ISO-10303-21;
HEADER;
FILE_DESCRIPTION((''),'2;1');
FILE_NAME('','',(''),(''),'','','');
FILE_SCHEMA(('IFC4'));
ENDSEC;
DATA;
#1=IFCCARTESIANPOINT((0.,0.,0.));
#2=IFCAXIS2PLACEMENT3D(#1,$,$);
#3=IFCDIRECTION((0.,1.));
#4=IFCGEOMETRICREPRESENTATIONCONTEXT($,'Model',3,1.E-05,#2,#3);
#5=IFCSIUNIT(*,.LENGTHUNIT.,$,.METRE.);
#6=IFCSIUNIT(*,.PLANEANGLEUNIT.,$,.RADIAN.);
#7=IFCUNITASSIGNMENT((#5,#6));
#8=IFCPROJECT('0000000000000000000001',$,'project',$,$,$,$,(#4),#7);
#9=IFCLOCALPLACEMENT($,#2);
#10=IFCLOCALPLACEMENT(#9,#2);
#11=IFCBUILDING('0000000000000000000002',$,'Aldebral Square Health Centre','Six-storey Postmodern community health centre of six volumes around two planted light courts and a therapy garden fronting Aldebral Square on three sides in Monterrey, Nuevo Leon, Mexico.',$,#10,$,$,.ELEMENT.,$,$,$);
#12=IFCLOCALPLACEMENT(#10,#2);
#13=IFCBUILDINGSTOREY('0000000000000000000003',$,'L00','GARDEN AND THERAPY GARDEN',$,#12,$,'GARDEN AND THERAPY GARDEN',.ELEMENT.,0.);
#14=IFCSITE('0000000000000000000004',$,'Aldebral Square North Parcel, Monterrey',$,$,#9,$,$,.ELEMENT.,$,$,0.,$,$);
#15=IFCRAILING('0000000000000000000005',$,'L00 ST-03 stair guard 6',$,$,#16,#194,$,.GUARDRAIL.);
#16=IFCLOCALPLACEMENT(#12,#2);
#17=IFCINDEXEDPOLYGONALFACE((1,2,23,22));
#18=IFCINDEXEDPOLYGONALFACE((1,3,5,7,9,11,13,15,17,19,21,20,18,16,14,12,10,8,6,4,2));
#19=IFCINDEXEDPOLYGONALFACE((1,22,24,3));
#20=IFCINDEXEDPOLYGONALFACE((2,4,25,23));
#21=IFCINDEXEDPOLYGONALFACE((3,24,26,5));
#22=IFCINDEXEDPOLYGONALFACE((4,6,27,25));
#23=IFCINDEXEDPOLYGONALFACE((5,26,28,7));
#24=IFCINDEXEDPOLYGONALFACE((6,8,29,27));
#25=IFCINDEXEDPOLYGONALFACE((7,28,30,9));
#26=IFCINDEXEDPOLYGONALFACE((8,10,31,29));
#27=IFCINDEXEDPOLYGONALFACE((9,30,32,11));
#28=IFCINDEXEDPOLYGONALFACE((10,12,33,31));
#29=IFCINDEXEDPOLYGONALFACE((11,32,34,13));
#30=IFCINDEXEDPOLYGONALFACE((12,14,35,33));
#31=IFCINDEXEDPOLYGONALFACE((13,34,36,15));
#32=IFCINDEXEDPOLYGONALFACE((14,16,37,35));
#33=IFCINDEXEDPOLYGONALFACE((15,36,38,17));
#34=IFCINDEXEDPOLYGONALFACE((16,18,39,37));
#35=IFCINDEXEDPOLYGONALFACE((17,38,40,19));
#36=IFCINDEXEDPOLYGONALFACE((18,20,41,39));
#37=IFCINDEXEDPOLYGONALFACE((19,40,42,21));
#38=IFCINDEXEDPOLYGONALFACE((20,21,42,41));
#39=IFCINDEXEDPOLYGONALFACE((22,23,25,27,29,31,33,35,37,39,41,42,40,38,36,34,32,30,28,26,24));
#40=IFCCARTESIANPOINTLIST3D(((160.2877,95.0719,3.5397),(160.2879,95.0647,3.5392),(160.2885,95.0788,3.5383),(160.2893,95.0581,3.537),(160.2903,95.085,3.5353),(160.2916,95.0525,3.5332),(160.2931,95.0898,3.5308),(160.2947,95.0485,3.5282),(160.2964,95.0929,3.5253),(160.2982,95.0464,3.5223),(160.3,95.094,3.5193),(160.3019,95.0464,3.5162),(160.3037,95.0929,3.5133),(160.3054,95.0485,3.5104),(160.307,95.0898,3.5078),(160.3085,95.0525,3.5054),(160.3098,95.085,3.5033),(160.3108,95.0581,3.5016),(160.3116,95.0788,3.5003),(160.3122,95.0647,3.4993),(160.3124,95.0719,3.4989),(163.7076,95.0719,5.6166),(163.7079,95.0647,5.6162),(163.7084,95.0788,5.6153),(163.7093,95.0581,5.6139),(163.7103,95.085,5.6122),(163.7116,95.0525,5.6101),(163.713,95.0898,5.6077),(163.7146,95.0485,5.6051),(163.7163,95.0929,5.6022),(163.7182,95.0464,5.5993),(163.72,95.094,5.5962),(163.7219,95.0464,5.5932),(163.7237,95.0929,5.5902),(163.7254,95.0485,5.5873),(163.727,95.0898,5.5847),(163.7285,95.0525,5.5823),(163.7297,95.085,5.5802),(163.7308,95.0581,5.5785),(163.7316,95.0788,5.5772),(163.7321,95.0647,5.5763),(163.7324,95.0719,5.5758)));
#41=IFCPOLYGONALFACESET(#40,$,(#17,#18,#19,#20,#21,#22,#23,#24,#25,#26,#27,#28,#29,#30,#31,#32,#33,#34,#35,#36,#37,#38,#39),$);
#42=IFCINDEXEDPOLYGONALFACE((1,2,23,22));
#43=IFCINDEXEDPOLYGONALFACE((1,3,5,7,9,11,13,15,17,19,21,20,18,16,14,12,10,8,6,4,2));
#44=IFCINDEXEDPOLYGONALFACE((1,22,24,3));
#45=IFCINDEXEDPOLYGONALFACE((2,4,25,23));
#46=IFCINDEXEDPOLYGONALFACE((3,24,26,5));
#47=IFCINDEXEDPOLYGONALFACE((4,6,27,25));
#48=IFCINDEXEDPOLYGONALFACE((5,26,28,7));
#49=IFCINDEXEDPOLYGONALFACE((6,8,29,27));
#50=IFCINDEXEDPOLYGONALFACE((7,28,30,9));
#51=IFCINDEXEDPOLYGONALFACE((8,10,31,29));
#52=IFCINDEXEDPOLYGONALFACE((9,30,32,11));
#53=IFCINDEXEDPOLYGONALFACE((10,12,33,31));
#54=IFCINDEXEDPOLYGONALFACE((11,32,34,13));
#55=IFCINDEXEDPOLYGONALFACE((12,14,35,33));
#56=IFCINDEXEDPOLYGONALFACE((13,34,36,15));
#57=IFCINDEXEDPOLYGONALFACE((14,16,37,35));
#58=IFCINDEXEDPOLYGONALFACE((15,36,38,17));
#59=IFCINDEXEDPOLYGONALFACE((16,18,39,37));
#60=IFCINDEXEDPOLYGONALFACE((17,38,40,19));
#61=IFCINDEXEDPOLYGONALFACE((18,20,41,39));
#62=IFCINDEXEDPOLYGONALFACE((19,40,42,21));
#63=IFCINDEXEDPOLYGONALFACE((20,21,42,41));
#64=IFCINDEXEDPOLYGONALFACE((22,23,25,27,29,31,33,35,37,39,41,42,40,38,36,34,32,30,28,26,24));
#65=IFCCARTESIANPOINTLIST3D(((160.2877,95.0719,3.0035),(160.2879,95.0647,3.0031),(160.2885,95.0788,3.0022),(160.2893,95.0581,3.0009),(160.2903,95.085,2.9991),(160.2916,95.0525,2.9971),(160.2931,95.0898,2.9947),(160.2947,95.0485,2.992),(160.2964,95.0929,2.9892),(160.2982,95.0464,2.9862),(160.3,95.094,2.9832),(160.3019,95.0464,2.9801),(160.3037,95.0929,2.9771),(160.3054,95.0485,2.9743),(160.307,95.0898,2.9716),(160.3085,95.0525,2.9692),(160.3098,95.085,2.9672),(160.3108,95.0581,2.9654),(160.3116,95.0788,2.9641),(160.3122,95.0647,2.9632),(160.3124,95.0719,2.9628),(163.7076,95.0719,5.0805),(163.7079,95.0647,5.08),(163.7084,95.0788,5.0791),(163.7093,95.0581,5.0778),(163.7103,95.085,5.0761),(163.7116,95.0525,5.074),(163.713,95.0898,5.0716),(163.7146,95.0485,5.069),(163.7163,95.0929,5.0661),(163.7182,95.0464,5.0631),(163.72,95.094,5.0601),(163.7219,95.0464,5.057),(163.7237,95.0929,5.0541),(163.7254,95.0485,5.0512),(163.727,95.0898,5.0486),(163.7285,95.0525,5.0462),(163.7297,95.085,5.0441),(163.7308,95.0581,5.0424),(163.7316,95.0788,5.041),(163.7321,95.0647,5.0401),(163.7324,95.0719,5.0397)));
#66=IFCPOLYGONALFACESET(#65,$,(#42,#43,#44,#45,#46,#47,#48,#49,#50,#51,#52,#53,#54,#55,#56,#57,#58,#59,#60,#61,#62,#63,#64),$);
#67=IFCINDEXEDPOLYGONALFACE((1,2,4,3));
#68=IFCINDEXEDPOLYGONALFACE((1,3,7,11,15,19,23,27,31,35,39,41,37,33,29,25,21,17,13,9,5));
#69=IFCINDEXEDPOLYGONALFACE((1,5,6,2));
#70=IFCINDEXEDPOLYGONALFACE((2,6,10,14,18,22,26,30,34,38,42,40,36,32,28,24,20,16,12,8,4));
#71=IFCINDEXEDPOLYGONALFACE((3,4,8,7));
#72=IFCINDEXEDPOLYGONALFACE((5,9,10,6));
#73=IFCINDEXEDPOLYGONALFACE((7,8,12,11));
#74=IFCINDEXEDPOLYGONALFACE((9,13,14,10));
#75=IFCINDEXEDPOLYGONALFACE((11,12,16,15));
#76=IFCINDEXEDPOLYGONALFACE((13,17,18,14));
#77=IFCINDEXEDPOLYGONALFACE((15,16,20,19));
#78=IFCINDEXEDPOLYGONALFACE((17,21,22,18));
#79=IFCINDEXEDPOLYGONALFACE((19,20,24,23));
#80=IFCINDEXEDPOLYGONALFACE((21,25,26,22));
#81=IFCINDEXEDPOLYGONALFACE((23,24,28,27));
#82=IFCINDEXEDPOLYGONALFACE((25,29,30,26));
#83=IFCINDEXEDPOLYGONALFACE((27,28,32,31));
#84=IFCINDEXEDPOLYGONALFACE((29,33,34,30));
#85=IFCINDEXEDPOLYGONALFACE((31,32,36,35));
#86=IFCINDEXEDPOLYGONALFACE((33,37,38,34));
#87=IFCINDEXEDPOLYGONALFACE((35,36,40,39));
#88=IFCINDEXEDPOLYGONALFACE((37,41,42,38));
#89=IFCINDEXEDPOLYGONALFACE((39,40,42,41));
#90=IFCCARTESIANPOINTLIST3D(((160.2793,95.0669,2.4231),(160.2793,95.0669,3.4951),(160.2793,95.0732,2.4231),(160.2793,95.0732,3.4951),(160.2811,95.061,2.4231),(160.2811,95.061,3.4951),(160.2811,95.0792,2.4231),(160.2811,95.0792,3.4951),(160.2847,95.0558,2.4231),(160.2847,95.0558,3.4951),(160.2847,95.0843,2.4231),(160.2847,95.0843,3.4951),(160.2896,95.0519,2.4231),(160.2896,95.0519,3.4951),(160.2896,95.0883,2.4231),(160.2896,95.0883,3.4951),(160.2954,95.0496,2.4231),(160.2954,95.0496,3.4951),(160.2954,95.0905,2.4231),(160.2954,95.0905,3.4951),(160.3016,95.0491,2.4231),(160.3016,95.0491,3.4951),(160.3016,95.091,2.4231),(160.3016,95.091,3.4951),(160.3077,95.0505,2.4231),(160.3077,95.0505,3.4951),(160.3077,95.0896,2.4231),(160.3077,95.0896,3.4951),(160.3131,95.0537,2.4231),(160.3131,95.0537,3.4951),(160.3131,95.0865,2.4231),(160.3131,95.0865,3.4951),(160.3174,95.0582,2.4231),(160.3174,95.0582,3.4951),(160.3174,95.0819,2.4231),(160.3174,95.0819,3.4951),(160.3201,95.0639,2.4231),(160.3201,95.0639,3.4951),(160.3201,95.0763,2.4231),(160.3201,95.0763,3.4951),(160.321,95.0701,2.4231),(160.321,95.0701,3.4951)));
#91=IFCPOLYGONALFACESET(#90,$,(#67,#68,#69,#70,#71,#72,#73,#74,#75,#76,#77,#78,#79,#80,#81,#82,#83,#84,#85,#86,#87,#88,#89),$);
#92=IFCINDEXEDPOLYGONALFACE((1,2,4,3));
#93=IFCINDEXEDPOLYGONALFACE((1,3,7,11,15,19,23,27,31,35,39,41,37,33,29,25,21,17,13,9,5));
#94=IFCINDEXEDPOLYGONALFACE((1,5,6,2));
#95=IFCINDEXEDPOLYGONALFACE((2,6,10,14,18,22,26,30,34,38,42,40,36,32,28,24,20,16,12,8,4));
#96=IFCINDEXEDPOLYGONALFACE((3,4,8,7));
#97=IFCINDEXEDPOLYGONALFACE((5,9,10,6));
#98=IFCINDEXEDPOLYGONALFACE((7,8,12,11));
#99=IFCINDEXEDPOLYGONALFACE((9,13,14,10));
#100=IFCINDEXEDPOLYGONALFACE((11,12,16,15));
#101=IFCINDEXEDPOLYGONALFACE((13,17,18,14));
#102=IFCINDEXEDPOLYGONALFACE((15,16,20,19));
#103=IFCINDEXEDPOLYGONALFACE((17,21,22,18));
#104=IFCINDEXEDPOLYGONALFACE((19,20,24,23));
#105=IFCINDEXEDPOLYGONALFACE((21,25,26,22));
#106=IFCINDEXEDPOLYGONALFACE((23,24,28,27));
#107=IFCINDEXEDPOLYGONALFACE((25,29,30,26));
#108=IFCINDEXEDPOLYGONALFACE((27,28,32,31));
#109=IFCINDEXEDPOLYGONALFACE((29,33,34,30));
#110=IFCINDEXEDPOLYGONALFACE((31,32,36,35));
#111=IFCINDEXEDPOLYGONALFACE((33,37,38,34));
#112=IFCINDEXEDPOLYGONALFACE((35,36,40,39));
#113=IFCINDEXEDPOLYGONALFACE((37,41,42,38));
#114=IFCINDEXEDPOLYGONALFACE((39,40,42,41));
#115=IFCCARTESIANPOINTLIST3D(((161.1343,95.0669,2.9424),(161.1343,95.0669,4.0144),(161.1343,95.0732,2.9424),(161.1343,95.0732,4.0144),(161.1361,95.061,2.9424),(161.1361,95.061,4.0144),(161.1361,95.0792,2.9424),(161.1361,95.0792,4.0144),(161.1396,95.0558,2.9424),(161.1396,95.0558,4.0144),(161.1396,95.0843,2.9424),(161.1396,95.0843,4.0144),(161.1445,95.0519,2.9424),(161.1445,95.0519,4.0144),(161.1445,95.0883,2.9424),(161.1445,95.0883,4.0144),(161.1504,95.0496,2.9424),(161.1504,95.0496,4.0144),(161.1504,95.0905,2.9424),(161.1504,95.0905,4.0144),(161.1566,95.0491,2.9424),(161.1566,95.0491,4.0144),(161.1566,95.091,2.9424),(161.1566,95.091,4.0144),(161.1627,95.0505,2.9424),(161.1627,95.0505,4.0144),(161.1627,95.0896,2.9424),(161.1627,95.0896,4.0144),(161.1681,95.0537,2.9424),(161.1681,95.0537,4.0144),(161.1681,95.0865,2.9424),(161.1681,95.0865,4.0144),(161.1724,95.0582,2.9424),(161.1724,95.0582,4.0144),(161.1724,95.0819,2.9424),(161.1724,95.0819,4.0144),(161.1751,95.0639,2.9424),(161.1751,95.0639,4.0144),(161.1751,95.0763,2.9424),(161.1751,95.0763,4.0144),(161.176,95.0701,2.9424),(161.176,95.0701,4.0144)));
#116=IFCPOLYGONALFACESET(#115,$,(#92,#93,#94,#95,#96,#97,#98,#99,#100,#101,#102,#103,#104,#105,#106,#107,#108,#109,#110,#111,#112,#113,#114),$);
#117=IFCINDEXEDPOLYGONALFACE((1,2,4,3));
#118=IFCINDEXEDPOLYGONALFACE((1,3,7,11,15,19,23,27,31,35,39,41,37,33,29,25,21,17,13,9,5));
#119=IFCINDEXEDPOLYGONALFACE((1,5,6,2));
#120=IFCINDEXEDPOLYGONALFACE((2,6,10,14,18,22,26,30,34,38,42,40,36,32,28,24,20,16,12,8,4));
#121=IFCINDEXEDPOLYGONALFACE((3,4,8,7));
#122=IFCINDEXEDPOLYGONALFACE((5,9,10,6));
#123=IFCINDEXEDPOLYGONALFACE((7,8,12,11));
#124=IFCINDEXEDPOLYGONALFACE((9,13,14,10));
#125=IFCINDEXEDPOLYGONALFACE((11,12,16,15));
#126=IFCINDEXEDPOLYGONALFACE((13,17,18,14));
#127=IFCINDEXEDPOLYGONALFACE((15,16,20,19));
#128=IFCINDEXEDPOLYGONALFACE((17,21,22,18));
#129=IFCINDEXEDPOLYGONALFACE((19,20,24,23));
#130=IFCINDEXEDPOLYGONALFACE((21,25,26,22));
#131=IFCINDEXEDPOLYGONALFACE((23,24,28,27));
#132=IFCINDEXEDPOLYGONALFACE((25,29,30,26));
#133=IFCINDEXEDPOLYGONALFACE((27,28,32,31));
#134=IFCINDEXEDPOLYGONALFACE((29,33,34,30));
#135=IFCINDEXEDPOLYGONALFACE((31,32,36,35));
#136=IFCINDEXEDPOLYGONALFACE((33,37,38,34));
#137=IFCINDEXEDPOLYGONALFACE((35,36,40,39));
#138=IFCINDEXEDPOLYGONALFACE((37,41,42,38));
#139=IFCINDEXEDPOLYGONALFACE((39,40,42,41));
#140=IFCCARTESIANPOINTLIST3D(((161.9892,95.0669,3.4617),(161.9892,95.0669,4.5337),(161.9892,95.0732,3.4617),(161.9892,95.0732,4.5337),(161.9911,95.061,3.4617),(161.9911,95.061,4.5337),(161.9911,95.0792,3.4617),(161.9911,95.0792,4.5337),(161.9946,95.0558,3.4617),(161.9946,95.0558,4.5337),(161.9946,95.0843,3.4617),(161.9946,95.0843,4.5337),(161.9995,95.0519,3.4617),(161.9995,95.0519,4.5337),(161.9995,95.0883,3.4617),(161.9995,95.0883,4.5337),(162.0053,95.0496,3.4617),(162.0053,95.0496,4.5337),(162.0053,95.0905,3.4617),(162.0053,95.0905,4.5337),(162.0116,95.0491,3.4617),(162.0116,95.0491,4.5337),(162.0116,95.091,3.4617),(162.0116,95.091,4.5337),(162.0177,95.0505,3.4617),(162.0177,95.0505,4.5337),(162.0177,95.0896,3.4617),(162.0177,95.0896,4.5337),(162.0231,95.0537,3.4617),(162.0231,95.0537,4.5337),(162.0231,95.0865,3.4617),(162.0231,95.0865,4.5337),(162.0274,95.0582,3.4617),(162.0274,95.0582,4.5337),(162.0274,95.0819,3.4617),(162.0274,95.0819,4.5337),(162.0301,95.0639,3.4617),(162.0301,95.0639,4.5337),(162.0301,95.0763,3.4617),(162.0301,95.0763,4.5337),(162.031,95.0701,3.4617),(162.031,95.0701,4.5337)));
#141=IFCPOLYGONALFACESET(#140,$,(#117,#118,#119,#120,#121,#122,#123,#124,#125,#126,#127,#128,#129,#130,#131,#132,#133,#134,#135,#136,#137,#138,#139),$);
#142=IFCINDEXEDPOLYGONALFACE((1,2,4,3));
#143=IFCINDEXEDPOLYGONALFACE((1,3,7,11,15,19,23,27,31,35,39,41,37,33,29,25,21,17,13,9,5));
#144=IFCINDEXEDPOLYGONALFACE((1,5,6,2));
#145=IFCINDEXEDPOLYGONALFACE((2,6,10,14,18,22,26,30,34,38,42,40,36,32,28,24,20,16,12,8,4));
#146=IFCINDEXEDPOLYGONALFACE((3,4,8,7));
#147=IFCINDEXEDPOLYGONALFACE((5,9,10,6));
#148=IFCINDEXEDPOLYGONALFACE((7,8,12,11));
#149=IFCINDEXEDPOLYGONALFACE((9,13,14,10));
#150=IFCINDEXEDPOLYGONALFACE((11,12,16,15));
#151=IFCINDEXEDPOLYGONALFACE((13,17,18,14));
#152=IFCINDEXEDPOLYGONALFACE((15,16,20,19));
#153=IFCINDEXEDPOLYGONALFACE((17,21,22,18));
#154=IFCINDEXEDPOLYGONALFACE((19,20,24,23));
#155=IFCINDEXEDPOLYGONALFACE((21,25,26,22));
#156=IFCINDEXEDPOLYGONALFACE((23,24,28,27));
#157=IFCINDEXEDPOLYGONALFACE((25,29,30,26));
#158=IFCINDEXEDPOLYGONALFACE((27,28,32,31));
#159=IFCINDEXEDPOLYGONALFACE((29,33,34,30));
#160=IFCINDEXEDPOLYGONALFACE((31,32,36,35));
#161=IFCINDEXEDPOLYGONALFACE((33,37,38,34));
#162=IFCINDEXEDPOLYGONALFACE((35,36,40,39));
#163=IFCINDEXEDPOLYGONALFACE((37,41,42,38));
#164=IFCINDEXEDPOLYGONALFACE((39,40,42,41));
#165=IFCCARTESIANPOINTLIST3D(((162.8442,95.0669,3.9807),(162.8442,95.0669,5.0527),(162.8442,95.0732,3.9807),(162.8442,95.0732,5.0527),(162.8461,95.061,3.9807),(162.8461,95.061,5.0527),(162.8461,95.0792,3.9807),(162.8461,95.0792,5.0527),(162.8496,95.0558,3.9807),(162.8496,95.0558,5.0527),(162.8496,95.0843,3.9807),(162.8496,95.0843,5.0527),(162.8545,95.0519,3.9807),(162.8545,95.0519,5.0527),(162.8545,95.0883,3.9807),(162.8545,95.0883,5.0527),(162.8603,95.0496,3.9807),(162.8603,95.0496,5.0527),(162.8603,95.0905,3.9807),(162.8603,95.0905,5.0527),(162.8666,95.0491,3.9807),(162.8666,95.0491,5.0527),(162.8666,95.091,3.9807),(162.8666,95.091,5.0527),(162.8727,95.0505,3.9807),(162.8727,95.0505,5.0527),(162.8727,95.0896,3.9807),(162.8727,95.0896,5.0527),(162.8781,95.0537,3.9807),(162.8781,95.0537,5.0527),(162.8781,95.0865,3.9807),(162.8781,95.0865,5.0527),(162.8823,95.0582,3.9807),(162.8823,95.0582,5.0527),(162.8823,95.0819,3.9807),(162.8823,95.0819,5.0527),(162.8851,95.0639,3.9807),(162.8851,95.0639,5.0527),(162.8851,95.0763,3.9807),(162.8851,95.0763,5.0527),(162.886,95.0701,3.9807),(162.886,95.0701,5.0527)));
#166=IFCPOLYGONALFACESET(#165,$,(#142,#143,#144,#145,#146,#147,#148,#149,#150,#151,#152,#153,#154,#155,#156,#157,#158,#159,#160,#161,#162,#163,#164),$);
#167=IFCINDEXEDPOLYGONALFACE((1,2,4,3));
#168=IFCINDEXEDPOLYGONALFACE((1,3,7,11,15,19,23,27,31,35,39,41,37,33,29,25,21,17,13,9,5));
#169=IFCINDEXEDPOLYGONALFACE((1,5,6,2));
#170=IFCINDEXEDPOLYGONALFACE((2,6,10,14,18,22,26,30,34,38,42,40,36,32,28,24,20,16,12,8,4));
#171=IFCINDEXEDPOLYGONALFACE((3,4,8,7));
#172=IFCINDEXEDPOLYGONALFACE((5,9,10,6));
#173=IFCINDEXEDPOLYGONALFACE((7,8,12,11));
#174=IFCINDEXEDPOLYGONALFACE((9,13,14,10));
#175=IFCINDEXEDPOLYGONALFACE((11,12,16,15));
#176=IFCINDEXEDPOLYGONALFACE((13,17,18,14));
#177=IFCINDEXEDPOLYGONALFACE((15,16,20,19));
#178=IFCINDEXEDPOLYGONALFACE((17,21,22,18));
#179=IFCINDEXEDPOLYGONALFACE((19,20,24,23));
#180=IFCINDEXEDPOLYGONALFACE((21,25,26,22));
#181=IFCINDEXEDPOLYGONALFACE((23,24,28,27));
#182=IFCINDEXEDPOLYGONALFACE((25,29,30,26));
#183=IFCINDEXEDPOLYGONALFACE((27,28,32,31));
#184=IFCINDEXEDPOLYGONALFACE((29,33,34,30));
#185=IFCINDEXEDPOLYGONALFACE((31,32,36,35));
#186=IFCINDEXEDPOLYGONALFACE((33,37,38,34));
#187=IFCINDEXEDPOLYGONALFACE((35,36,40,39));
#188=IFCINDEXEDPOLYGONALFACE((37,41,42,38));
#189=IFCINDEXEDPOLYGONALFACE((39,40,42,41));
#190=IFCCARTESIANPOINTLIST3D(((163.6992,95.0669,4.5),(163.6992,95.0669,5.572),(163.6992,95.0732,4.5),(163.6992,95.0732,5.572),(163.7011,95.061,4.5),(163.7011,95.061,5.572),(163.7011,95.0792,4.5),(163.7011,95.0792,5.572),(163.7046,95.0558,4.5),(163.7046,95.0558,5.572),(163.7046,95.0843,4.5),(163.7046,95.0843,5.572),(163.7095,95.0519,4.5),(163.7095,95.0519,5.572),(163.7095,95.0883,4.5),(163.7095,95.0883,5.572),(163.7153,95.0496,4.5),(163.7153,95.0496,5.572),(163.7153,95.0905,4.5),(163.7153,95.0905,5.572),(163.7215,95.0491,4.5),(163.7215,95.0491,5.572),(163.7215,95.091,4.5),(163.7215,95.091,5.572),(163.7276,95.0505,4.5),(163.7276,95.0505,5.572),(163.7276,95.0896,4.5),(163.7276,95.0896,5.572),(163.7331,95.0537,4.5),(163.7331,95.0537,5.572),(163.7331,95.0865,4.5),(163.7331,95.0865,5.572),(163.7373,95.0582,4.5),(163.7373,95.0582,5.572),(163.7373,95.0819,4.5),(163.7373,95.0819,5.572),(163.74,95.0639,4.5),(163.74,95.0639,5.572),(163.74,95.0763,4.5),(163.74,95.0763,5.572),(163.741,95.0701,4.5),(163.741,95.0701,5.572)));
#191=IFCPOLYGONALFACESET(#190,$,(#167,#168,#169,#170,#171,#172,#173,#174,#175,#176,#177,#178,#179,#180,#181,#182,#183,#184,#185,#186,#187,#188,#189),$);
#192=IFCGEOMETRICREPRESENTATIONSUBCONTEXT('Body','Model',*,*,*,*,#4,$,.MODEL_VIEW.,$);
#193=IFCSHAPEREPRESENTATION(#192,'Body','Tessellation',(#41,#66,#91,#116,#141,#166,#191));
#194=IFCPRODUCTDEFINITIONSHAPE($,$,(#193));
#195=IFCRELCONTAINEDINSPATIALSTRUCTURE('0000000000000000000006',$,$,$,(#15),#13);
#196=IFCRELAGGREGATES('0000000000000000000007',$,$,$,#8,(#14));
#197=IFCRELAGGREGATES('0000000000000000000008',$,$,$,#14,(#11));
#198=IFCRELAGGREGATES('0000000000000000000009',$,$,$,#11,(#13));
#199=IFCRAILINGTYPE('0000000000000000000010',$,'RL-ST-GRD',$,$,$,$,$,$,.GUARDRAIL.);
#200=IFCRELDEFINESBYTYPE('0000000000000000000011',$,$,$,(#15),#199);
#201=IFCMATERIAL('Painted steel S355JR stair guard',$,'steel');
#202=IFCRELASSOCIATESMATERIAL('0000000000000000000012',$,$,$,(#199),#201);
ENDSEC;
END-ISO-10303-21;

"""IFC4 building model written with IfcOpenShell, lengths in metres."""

from ifc_helpers import new_model, si_unit, direction, frame, origin, origin_2d, place, context, subcontext, project, spatial, circle, extrude, material, type_object, element, save


model = new_model("IFC4")

# Units and contexts
model_context = context("Model", 3, precision=1e-05, world=origin(), true_north=direction((0.0, 1.0)))
body_context = subcontext(model_context, "Body", "Model", "MODEL_VIEW")
ifc_project = project(units=[si_unit("LENGTHUNIT", "METRE"), si_unit("PLANEANGLEUNIT", "RADIAN")], contexts=[model_context])

# Site, building, storey
site_placement = place(None, origin())
site = spatial("IfcSite", under=ifc_project, at=site_placement, Name="Aldebral Square North Parcel, Monterrey", CompositionType="ELEMENT", RefElevation=0.0)
building_placement = place(site_placement, origin())
building = spatial("IfcBuilding", under=site, at=building_placement, Name="Aldebral Square Health Centre", Description="Six-storey Postmodern community health centre of six volumes around two planted light courts and a therapy garden fronting Aldebral Square on three sides in Monterrey, Nuevo Leon, Mexico.", CompositionType="ELEMENT")
storey_placement = place(building_placement, origin())
storey = spatial("IfcBuildingStorey", under=building, at=storey_placement, Name="L00", Description="GARDEN AND THERAPY GARDEN", LongName="GARDEN AND THERAPY GARDEN", CompositionType="ELEMENT", Elevation=0.0)

# Railing
ifc_material_1 = material(Name="Painted steel S355JR stair guard", Category="steel")
railing_type_1 = type_object("IfcRailingType", Name="RL-ST-GRD", PredefinedType="GUARDRAIL", material=ifc_material_1)
railing_1_placement = place(storey_placement, frame((160.3, 95.0701, 2.4231)))
element("IfcRailing", 1, at=railing_1_placement, inside=storey, type_object=railing_type_1, Name="L00 ST-03 stair guard 6", PredefinedType="GUARDRAIL", context=body_context, shape_type="SweptSolid", body=[
    extrude(circle(Radius=0.0239, at=origin_2d()), frame((0.0, 0.0, 1.0962), z_axis=(0.85473, 0.0, 0.519074), x_axis=(0.0, 1.0, 0.0)), (0.0, 0.0, 1.0), 4.0012),
    extrude(circle(Radius=0.0239, at=origin_2d()), frame((0.0, 0.0, 0.5601), z_axis=(0.85473, 0.0, 0.519074), x_axis=(0.0, 1.0, 0.0)), (0.0, 0.0, 1.0), 4.0012),
    extrude(circle(Radius=0.021, at=origin_2d()), origin(), (0.0, 0.0, 1.0), 1.072),
    extrude(circle(Radius=0.021, at=origin_2d()), frame((0.855, 0.0, 0.5193)), (0.0, 0.0, 1.0), 1.072),
    extrude(circle(Radius=0.021, at=origin_2d()), frame((1.71, 0.0, 1.0386)), (0.0, 0.0, 1.0), 1.072),
    extrude(circle(Radius=0.021, at=origin_2d()), frame((2.5649, 0.0, 1.5576)), (0.0, 0.0, 1.0), 1.072),
    extrude(circle(Radius=0.021, at=origin_2d()), frame((3.4199, 0.0, 2.0769)), (0.0, 0.0, 1.0), 1.072),
])

save(model, "model.ifc")
